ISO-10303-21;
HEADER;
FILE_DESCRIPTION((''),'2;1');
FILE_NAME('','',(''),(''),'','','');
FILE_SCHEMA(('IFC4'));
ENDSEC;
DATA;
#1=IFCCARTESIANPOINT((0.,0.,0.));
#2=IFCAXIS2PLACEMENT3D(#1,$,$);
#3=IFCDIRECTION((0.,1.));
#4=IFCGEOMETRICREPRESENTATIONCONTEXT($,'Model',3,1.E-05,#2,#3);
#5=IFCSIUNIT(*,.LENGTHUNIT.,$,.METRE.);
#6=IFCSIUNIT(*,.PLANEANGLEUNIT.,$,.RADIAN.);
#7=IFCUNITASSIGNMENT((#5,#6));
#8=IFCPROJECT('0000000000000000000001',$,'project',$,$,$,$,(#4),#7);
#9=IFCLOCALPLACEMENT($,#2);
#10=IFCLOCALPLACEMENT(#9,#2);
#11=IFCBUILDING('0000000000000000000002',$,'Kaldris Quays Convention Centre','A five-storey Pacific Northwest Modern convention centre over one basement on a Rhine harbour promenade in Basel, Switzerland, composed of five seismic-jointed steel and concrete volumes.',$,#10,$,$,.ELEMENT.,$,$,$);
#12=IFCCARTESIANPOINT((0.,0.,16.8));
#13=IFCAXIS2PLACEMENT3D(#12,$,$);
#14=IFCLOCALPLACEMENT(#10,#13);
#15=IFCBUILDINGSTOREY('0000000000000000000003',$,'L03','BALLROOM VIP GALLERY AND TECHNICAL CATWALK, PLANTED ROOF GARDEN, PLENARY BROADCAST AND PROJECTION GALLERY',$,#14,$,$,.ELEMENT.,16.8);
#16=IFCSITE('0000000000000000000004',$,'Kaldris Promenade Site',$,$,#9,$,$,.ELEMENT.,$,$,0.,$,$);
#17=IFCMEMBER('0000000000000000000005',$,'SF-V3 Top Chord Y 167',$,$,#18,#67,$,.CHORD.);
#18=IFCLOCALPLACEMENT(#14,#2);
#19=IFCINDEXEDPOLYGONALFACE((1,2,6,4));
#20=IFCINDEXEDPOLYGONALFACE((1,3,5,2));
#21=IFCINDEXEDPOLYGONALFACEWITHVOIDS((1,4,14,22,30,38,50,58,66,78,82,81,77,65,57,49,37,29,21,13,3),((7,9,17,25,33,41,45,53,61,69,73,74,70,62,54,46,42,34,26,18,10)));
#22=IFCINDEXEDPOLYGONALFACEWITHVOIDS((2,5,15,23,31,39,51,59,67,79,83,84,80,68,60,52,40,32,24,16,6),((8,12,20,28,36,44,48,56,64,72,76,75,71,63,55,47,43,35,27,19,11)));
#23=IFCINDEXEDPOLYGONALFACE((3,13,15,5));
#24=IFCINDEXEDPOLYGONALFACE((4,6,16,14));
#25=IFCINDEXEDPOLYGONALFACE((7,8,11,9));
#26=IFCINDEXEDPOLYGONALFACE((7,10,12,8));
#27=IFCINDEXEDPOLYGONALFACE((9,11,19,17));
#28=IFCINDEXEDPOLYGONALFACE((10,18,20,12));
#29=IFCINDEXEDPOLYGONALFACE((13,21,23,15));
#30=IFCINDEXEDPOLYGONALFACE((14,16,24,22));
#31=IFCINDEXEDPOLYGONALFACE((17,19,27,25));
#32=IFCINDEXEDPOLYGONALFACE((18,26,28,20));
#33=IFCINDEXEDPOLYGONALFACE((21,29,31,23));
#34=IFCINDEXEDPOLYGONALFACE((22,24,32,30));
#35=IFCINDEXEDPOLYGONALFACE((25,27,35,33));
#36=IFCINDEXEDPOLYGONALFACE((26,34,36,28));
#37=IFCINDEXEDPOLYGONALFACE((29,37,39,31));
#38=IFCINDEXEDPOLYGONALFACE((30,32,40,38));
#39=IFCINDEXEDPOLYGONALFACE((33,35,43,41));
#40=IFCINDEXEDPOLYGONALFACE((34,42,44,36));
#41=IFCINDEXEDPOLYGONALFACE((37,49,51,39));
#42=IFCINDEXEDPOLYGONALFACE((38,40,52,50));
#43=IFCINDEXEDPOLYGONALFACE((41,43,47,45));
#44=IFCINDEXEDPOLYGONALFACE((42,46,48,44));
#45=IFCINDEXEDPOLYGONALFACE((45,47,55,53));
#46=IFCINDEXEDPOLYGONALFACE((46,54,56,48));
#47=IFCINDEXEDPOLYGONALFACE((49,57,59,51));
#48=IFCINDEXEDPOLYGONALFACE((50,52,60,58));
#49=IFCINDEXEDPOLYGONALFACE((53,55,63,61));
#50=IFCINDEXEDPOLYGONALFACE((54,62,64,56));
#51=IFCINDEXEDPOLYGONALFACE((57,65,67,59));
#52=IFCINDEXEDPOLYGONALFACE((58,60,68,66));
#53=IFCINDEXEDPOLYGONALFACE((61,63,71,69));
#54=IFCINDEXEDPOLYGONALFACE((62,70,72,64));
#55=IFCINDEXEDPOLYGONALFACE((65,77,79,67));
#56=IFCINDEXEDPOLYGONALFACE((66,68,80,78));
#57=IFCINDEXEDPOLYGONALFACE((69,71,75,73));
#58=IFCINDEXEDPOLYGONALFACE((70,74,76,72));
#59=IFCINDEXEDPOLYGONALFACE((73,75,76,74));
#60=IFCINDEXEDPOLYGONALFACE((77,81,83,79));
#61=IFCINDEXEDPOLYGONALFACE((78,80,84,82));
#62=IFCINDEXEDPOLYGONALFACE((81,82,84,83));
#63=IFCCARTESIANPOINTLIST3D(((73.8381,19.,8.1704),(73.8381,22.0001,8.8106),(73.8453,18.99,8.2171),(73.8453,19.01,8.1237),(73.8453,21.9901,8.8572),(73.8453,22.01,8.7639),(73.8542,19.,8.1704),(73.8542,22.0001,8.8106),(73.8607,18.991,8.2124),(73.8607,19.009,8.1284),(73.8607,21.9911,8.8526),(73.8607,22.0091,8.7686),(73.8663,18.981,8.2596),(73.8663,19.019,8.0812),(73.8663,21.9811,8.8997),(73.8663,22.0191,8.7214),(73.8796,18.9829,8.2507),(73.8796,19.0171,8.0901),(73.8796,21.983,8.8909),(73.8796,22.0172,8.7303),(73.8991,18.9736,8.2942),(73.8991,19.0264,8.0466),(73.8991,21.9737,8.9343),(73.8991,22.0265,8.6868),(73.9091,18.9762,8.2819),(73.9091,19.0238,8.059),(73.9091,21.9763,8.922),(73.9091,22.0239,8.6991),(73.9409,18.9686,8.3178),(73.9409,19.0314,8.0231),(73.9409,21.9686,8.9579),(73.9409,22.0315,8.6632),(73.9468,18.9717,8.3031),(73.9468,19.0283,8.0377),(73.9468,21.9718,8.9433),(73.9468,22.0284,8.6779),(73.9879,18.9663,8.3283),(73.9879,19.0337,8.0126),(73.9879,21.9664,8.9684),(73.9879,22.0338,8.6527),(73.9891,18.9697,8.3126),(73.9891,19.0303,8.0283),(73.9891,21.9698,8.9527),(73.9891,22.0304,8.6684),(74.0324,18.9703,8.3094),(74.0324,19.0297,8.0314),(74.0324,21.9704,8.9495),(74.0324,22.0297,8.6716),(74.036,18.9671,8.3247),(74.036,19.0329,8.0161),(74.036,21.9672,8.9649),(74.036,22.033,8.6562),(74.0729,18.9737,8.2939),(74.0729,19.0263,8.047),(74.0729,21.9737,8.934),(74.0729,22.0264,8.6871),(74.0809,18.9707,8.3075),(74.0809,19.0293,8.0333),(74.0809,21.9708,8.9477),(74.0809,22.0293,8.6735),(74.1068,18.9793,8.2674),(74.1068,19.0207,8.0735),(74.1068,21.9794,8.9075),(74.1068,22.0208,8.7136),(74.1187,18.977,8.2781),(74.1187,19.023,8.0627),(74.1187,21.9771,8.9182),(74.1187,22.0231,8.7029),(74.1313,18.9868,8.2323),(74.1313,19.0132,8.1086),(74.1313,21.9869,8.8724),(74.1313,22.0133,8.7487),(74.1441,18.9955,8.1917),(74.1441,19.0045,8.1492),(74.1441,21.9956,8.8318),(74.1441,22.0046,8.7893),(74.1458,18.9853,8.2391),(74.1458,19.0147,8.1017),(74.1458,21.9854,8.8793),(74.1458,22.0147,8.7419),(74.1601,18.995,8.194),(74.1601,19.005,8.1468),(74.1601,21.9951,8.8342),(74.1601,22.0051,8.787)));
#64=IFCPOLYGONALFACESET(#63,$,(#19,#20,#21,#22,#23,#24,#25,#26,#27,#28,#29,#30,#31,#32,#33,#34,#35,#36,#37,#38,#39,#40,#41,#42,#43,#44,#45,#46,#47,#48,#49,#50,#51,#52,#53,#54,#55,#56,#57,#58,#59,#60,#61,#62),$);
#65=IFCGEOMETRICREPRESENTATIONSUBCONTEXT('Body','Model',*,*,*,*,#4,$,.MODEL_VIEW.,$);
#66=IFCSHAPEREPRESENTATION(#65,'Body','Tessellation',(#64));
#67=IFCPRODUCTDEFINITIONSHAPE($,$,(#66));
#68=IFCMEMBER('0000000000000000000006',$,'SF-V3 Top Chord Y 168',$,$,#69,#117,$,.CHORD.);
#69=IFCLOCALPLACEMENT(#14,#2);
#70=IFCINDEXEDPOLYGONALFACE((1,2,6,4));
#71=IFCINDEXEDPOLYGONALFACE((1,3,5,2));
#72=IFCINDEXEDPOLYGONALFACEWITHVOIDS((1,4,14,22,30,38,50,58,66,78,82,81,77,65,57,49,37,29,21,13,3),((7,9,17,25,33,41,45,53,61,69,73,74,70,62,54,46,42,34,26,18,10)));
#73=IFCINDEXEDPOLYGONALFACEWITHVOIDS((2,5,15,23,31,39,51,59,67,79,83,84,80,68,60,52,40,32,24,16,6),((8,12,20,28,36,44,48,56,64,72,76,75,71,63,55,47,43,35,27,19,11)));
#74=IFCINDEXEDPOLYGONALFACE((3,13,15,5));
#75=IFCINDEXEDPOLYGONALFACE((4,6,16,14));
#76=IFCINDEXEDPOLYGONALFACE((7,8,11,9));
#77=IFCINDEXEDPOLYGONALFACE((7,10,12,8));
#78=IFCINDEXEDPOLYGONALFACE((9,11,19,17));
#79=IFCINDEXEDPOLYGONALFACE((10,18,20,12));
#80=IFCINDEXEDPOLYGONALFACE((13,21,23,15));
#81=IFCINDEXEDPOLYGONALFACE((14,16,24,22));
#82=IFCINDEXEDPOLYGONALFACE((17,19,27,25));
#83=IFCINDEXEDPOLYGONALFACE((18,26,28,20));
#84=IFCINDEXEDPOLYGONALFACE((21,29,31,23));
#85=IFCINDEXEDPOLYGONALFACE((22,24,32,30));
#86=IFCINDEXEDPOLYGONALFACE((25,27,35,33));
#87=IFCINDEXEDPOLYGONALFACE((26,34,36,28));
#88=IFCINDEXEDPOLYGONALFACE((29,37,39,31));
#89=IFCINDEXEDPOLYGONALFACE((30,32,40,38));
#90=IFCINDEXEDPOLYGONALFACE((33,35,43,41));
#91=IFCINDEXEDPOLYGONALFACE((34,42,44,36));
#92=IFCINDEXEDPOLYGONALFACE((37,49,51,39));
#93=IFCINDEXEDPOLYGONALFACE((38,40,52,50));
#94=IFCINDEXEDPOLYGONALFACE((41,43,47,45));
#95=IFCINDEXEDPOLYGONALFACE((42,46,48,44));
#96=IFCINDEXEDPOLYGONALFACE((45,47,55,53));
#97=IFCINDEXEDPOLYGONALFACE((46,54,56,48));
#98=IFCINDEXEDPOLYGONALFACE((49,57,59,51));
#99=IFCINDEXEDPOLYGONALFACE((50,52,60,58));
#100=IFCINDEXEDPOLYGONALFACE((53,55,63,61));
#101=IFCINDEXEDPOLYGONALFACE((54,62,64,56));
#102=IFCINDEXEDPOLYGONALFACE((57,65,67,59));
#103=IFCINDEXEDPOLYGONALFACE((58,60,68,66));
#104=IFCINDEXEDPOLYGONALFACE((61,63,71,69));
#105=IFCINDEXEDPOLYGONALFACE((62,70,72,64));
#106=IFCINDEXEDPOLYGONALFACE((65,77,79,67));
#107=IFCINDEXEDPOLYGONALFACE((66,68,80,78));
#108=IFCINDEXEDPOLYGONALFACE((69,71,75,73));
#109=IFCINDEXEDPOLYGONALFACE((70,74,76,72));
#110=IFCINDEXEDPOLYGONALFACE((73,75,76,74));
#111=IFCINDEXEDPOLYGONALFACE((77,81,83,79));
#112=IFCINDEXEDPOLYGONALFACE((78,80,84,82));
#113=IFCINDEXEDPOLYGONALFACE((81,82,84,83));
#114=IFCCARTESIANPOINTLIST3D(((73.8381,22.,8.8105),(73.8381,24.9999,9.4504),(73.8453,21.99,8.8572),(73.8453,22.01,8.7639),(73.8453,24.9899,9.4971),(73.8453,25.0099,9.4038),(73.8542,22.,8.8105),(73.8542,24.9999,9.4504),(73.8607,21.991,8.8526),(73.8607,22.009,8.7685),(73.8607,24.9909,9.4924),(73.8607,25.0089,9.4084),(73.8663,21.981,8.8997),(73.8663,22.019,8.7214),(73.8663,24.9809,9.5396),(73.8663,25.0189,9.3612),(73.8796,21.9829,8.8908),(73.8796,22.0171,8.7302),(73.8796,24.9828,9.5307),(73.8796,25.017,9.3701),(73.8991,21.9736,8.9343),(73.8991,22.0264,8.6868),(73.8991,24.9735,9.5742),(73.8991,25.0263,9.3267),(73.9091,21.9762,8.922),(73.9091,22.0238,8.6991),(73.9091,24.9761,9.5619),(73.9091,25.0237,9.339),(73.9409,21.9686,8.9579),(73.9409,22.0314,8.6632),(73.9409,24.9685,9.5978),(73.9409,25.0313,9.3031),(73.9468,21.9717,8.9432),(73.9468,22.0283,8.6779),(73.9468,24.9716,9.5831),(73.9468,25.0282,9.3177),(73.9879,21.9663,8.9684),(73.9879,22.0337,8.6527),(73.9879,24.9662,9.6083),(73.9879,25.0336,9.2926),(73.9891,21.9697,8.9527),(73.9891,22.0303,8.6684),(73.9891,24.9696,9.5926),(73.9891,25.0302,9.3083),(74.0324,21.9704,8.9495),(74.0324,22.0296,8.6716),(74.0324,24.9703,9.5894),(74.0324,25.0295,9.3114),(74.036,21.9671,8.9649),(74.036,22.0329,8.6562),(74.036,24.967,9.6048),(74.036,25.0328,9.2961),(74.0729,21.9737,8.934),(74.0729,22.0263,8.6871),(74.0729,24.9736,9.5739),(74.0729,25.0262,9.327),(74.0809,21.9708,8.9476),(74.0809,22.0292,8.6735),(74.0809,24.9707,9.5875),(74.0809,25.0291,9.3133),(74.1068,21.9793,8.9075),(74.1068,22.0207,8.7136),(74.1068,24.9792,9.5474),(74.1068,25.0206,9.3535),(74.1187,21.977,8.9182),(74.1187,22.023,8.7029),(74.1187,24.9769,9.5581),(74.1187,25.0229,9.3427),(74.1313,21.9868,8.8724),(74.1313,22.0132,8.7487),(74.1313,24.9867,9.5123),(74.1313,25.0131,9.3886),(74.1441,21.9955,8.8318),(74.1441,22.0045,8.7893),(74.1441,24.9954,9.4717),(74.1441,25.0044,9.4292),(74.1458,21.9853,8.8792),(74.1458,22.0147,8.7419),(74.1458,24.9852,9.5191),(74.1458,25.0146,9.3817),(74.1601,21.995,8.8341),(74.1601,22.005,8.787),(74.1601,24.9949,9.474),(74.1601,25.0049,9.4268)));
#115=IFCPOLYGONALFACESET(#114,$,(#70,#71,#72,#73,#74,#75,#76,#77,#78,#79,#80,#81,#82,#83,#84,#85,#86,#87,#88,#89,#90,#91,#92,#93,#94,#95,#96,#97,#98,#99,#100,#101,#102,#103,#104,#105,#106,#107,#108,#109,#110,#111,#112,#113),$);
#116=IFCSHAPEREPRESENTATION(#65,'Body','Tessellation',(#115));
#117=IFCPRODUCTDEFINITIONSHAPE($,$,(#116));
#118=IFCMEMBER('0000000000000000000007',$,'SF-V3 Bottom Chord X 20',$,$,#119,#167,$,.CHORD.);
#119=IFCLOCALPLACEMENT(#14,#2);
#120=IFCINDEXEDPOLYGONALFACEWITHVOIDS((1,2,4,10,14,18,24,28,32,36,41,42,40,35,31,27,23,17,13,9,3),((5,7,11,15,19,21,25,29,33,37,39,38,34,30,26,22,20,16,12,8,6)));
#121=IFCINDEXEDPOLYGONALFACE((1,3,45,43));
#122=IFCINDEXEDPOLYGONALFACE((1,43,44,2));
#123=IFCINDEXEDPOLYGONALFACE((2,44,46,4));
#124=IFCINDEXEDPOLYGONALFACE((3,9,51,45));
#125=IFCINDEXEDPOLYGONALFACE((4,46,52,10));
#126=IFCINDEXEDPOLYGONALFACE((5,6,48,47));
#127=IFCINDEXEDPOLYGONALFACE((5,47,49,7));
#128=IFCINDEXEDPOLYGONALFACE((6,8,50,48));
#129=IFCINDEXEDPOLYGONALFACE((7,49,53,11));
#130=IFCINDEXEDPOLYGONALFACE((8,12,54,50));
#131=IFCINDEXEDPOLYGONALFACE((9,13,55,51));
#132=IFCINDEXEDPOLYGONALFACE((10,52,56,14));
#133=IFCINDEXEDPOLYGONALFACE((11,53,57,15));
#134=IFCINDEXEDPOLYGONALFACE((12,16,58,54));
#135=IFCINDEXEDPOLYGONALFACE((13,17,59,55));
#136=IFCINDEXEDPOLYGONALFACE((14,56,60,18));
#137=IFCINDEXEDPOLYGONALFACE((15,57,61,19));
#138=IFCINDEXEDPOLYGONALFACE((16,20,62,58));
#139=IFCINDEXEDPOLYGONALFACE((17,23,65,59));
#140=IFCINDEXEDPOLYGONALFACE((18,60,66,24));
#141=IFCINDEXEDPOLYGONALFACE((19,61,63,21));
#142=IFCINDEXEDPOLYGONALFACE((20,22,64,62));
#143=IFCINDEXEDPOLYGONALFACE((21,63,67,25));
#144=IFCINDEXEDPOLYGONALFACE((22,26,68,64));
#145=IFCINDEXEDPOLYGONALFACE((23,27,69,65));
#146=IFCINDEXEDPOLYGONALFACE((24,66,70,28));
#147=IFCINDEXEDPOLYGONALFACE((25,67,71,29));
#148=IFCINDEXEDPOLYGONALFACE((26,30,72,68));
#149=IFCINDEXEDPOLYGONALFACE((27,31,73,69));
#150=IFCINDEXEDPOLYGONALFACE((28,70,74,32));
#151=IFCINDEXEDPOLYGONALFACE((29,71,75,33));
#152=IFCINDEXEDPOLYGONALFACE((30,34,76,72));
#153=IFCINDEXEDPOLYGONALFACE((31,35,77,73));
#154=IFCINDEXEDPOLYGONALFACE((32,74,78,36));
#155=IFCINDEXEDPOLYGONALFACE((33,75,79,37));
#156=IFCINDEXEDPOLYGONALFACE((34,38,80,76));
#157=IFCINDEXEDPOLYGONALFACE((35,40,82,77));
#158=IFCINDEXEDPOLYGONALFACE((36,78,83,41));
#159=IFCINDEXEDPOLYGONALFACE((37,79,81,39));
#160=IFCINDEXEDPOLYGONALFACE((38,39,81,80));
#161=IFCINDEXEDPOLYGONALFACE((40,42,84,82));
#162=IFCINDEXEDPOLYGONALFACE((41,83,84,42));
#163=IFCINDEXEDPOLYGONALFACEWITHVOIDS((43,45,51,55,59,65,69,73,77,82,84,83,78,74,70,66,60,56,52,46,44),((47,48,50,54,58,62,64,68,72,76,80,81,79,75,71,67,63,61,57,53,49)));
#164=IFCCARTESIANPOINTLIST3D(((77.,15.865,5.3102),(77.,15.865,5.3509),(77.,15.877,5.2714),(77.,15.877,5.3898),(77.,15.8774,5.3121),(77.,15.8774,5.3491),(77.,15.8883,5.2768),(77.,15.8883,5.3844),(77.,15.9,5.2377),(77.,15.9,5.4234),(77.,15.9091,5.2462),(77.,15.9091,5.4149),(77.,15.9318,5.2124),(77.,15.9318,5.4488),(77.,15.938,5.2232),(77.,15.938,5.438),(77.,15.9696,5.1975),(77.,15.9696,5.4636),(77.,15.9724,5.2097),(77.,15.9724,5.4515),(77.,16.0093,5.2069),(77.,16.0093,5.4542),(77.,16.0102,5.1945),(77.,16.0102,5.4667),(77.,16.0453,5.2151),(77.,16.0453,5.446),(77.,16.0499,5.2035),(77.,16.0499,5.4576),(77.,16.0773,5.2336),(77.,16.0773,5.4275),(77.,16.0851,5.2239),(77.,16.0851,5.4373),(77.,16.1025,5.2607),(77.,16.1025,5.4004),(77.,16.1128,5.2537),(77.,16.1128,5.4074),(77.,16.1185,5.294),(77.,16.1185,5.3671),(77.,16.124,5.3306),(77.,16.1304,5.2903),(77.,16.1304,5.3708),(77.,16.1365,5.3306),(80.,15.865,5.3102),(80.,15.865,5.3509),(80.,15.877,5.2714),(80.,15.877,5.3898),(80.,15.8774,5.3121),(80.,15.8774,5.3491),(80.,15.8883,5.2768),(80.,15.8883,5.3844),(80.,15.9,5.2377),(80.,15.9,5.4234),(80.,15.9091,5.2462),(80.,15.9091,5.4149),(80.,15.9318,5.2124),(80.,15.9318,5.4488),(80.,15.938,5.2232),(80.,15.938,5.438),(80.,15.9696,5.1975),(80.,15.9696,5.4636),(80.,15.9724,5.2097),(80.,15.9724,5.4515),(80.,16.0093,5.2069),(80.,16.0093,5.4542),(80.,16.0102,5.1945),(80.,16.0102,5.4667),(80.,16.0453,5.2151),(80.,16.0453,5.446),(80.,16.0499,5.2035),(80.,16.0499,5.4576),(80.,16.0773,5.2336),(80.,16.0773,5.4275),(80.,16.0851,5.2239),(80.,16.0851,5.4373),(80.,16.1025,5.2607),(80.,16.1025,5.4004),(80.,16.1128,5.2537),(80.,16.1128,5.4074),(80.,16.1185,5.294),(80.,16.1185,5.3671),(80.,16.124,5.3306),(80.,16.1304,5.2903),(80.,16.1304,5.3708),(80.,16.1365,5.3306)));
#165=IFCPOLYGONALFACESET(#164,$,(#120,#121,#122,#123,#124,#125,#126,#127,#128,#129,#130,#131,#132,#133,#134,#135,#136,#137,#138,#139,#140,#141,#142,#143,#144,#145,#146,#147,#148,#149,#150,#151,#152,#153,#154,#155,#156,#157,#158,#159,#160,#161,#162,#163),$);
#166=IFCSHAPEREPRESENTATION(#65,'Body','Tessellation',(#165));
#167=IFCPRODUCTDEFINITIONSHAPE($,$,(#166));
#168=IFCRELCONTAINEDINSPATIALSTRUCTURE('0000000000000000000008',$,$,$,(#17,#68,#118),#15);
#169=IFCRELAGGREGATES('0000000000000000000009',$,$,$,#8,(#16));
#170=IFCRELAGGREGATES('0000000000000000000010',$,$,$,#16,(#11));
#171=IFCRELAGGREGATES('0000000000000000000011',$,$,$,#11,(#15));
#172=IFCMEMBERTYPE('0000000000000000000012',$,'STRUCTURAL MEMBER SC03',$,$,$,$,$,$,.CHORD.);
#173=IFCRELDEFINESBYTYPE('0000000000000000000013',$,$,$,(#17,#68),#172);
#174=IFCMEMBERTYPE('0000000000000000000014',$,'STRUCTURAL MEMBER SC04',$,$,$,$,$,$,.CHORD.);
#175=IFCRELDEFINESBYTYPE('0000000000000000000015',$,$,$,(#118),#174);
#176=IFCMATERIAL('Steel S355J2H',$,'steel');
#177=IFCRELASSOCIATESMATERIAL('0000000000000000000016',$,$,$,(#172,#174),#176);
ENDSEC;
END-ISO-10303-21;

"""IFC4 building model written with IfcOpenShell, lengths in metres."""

from ifc_helpers import new_model, si_unit, direction, frame, origin, origin_2d, place, context, subcontext, project, spatial, hollow_circle, extrude, material, material_profile, profile_set, type_object, element, save


model = new_model("IFC4")

# Units and contexts
model_context = context("Model", 3, precision=1e-05, world=origin(), true_north=direction((0.0, 1.0)))
body_context = subcontext(model_context, "Body", "Model", "MODEL_VIEW")
ifc_project = project(units=[si_unit("LENGTHUNIT", "METRE"), si_unit("PLANEANGLEUNIT", "RADIAN")], contexts=[model_context])

# Site, building, storey
site_placement = place(None, origin())
site = spatial("IfcSite", under=ifc_project, at=site_placement, Name="Kaldris Promenade Site", CompositionType="ELEMENT", RefElevation=0.0)
building_placement = place(site_placement, origin())
building = spatial("IfcBuilding", under=site, at=building_placement, Name="Kaldris Quays Convention Centre", Description="A five-storey Pacific Northwest Modern convention centre over one basement on a Rhine harbour promenade in Basel, Switzerland, composed of five seismic-jointed steel and concrete volumes.", CompositionType="ELEMENT")
storey_placement = place(building_placement, frame((0.0, 0.0, 16.8)))
storey = spatial("IfcBuildingStorey", under=building, at=storey_placement, Name="L03", Description="BALLROOM VIP GALLERY AND TECHNICAL CATWALK, PLANTED ROOF GARDEN, PLENARY BROADCAST AND PROJECTION GALLERY", CompositionType="ELEMENT", Elevation=16.8)

# Members
ifc_material_1 = material(Name="Steel S355J2H", Category="steel")
ifc_material_profile_1 = material_profile(ifc_material_1, hollow_circle(Radius=0.1619, WallThickness=0.0161, at=origin_2d()), Name="CHS 323.9x16")
ifc_profile_set_1 = profile_set([ifc_material_profile_1], Name="Steel S355J2H")
member_type_1 = type_object("IfcMemberType", Name="STRUCTURAL MEMBER SC03", PredefinedType="CHORD", material=ifc_profile_set_1)
member_1_placement = place(storey_placement, frame((74.0, 19.0, 8.1704), z_axis=(0.0, 0.977984, 0.208681), x_axis=(-1.0, 0.0, 0.0)))
element("IfcMember", 1, at=member_1_placement, inside=storey, type_object=member_type_1, Name="SF-V3 Top Chord Y 167", PredefinedType="CHORD", context=body_context, shape_type="SweptSolid", body=[
    extrude(hollow_circle(Radius=0.1619, WallThickness=0.0161, at=origin_2d()), origin(), (0.0, 0.0, 1.0), 3.0676),
])
member_2_placement = place(storey_placement, frame((74.0, 22.0, 8.8105), z_axis=(0.0, 0.978, 0.208605), x_axis=(-1.0, 0.0, 0.0)))
element("IfcMember", 2, at=member_2_placement, inside=storey, type_object=member_type_1, Name="SF-V3 Top Chord Y 168", PredefinedType="CHORD", context=body_context, shape_type="SweptSolid", body=[
    extrude(hollow_circle(Radius=0.1619, WallThickness=0.0161, at=origin_2d()), origin(), (0.0, 0.0, 1.0), 3.0674),
])
ifc_material_profile_2 = material_profile(ifc_material_1, hollow_circle(Radius=0.1365, WallThickness=0.0125, at=origin_2d()), Name="CHS 273x12.5")
ifc_profile_set_2 = profile_set([ifc_material_profile_2], Name="Steel S355J2H")
member_type_2 = type_object("IfcMemberType", Name="STRUCTURAL MEMBER SC04", PredefinedType="CHORD", material=ifc_profile_set_2)
for number, where, z_axis, x_axis, name in (
    (3, (77.0, 16.0, 5.3306), (1.0, 0.0, 0.0), (0.0, 1.0, 0.0), "SF-V3 Bottom Chord X 20"),
):
    element("IfcMember", number, at=place(storey_placement, frame(where, z_axis=z_axis, x_axis=x_axis)), inside=storey, type_object=member_type_2, Name=name, PredefinedType="CHORD", context=body_context, shape_type="SweptSolid", body=[
        extrude(hollow_circle(Radius=0.1365, WallThickness=0.0125, at=origin_2d()), origin(), (0.0, 0.0, 1.0), 3.0),
    ])

save(model, "model.ifc")
